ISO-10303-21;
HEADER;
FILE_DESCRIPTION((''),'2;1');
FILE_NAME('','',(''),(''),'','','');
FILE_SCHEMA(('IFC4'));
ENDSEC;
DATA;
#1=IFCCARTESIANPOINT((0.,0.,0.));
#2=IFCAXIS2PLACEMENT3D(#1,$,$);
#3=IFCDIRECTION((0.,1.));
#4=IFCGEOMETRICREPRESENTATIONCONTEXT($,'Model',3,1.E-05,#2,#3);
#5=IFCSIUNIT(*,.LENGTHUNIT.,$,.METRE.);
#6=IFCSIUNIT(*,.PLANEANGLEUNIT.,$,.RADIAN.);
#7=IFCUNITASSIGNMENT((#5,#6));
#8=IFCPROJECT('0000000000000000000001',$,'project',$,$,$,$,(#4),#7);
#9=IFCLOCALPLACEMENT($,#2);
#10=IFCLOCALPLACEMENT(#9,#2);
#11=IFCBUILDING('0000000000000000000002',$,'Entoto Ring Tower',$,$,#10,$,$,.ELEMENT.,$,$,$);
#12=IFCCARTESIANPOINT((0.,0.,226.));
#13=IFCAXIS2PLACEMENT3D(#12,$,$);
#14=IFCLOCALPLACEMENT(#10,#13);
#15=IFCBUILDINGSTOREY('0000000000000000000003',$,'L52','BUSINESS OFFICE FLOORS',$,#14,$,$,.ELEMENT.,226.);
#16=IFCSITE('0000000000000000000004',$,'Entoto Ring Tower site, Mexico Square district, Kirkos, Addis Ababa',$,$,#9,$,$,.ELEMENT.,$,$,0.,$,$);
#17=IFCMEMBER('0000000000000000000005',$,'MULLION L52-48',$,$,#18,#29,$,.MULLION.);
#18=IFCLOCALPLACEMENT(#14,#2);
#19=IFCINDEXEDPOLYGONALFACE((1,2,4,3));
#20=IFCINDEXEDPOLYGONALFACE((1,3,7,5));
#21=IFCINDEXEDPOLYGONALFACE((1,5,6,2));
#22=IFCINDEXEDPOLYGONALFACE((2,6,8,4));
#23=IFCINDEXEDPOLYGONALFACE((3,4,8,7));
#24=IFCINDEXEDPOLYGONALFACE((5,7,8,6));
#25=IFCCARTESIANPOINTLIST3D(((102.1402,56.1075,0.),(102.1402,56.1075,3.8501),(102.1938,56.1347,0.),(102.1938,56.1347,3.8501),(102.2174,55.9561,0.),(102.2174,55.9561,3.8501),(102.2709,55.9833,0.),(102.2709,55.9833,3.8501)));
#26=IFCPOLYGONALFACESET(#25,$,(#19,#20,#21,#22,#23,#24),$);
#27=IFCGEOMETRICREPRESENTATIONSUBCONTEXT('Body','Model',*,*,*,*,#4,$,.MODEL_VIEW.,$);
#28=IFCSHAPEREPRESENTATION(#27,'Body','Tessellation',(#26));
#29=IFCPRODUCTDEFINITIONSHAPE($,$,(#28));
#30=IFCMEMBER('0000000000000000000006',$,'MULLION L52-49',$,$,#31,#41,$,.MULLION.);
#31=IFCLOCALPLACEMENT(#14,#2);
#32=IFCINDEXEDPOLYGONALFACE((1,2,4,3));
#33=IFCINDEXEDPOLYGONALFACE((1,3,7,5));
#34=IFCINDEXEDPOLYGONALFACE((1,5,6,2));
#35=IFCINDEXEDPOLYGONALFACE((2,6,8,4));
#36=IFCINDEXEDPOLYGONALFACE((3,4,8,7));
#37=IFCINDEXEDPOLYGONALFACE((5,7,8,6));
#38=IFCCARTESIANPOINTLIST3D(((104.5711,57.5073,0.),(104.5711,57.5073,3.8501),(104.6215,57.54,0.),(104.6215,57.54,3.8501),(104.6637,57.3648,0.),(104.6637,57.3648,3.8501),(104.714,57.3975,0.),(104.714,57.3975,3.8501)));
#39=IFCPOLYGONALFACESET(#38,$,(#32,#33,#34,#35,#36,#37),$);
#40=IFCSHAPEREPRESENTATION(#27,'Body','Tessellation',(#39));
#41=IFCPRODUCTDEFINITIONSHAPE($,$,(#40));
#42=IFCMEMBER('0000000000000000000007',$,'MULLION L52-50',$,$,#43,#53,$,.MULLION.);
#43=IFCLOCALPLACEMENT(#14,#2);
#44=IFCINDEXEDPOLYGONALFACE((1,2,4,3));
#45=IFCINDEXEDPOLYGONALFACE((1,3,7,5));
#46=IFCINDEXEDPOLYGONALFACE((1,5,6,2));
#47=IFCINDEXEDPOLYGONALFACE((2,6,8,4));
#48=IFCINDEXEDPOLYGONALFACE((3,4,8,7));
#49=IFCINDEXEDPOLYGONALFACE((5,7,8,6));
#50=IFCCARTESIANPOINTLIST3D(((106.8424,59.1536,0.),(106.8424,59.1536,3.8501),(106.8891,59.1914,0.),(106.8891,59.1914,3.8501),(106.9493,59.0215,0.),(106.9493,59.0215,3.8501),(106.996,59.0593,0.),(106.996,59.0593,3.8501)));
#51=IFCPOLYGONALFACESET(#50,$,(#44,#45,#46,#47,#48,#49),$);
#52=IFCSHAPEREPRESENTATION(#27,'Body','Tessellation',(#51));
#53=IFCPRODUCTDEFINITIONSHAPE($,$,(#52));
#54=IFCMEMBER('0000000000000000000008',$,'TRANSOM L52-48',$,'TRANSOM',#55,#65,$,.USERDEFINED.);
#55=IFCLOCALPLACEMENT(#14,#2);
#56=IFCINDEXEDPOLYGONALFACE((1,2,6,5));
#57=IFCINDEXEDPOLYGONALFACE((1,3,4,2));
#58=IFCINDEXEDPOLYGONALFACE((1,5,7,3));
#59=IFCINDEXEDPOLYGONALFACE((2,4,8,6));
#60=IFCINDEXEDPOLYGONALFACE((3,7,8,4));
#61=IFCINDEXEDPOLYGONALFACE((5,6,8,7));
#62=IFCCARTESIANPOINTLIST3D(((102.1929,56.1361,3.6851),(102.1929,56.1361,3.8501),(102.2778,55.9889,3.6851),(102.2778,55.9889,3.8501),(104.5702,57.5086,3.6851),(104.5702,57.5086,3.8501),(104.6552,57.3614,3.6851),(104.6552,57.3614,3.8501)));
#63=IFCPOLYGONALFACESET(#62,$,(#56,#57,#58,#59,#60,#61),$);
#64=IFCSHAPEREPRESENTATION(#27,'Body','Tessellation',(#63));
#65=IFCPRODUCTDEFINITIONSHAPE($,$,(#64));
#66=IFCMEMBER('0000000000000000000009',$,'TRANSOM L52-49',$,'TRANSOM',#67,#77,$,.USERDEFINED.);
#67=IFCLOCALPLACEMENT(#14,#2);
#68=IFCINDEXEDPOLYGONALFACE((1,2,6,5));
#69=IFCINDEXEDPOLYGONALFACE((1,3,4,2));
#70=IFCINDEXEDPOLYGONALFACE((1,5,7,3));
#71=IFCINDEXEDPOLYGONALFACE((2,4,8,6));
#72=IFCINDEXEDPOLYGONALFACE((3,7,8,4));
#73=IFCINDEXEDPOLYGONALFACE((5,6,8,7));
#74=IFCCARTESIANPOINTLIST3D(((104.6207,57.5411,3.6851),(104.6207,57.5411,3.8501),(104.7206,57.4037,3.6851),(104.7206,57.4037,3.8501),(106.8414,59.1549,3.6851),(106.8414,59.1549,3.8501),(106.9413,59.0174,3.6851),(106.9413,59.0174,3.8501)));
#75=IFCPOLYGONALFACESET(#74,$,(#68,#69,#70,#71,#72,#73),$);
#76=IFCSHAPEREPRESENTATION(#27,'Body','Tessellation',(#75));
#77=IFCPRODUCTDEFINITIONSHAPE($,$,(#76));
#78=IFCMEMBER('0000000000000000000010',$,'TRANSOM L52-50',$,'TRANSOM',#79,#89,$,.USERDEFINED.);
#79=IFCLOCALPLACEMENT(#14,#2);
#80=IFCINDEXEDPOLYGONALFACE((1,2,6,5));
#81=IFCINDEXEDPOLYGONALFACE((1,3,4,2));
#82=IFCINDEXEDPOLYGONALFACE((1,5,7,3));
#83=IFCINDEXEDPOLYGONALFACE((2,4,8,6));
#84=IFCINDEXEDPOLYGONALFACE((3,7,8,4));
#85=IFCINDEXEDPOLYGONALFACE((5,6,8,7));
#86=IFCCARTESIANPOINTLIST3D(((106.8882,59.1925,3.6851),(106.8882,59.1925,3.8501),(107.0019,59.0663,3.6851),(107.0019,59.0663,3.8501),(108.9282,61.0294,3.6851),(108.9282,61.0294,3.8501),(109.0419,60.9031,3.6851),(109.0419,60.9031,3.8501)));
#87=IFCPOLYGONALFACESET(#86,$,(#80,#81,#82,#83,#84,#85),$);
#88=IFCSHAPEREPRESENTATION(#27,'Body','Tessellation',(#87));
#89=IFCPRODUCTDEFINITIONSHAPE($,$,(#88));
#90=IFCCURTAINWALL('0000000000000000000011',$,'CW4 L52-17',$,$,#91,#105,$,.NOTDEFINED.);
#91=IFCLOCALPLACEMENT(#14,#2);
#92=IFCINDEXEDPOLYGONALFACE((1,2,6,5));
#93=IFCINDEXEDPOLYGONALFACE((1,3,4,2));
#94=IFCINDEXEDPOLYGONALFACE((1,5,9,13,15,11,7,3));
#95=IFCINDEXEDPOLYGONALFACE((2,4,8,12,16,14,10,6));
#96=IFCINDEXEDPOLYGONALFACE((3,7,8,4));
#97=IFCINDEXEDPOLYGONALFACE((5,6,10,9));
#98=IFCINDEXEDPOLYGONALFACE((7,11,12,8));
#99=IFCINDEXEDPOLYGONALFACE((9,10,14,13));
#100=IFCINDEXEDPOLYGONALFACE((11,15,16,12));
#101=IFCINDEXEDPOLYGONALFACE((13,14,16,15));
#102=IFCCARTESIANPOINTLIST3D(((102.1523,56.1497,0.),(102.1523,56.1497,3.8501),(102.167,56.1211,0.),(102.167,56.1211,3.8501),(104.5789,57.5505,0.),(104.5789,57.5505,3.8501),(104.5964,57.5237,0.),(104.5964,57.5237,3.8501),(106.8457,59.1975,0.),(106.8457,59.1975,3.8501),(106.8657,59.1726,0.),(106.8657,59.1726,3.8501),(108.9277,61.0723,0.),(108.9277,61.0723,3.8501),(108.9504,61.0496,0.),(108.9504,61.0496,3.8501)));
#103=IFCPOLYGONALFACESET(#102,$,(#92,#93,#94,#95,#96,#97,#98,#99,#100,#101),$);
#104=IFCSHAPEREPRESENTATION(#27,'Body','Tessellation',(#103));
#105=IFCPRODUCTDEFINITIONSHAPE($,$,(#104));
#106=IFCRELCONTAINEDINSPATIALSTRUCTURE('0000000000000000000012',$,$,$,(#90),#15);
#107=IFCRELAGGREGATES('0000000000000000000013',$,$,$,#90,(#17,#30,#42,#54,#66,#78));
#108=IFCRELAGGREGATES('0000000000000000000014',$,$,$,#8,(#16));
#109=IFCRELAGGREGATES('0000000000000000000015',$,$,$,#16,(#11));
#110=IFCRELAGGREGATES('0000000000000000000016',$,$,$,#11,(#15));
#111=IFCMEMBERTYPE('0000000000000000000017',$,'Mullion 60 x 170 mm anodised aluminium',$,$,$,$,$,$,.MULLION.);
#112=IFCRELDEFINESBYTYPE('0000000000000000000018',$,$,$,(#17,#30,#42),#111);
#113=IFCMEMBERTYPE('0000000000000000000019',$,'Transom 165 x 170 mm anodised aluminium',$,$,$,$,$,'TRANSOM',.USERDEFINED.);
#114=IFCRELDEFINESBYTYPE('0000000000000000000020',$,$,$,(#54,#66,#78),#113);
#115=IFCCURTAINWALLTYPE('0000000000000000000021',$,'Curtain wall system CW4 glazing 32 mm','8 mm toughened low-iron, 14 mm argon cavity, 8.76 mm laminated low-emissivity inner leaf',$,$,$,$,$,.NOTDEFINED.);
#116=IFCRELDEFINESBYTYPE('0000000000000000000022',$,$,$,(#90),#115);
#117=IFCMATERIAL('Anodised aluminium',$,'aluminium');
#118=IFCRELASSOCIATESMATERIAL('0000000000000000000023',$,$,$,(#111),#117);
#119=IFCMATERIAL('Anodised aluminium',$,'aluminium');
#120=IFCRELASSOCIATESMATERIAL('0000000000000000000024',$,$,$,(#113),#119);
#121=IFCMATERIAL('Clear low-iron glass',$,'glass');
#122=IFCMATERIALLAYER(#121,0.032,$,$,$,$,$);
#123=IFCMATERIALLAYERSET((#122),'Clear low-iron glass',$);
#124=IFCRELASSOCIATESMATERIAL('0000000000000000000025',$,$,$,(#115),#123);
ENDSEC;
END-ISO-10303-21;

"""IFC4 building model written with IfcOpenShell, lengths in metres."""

from ifc_helpers import new_model, si_unit, direction, frame, origin, origin_2d, place, context, subcontext, project, spatial, polyline, rectangle, outline, extrude, material, layer, layer_set, material_profile, profile_set, type_object, element, aggregate, save


model = new_model("IFC4")

# Units and contexts
model_context = context("Model", 3, precision=1e-05, world=origin(), true_north=direction((0.0, 1.0)))
body_context = subcontext(model_context, "Body", "Model", "MODEL_VIEW")
ifc_project = project(units=[si_unit("LENGTHUNIT", "METRE"), si_unit("PLANEANGLEUNIT", "RADIAN")], contexts=[model_context])

# Members
ifc_material_1 = material(Name="Anodised aluminium", Category="aluminium")
ifc_material_profile_1 = material_profile(ifc_material_1, rectangle(XDim=0.0601, YDim=0.1699, at=origin_2d()), Name="Mullion 60 x 170 mm anodised aluminium")
ifc_profile_set_1 = profile_set([ifc_material_profile_1], Name="Anodised aluminium")
member_type_1 = type_object("IfcMemberType", Name="Mullion 60 x 170 mm anodised aluminium", PredefinedType="MULLION", material=ifc_profile_set_1)
site_placement = place(None, origin())
building_placement = place(site_placement, origin())
storey_placement = place(building_placement, frame((0.0, 0.0, 226.0)))
member_1_placement = place(storey_placement, frame((102.2056, 56.0454, 0.0), z_axis=(0.0, 0.0, 1.0), x_axis=(0.891007, 0.45399, 0.0)))
member_1 = element("IfcMember", 1, at=member_1_placement, type_object=member_type_1, Name="MULLION L52-48", PredefinedType="MULLION", context=body_context, shape_type="SweptSolid", body=[
    extrude(rectangle(XDim=0.0601, YDim=0.1699, at=origin_2d()), origin(), (0.0, 0.0, 1.0), 3.8501),
])
member_2_placement = place(storey_placement, frame((104.6426, 57.4524, 0.0), z_axis=(0.0, 0.0, 1.0), x_axis=(0.838671, 0.544639, 0.0)))
member_2 = element("IfcMember", 2, at=member_2_placement, type_object=member_type_1, Name="MULLION L52-49", PredefinedType="MULLION", context=body_context, shape_type="SweptSolid", body=[
    extrude(rectangle(XDim=0.0601, YDim=0.1699, at=origin_2d()), origin(), (0.0, 0.0, 1.0), 3.8501),
])
member_3_placement = place(storey_placement, frame((106.9192, 59.1064, 0.0), z_axis=(0.0, 0.0, 1.0), x_axis=(0.777146, 0.62932, 0.0)))
member_3 = element("IfcMember", 3, at=member_3_placement, type_object=member_type_1, Name="MULLION L52-50", PredefinedType="MULLION", context=body_context, shape_type="SweptSolid", body=[
    extrude(rectangle(XDim=0.0601, YDim=0.1699, at=origin_2d()), origin(), (0.0, 0.0, 1.0), 3.8501),
])
ifc_material_2 = material(Name="Anodised aluminium", Category="aluminium")
ifc_material_profile_2 = material_profile(ifc_material_2, rectangle(XDim=0.1699, YDim=0.165, at=origin_2d()), Name="Transom 165 x 170 mm anodised aluminium")
ifc_profile_set_2 = profile_set([ifc_material_profile_2], Name="Anodised aluminium")
member_type_2 = type_object("IfcMemberType", Name="Transom 165 x 170 mm anodised aluminium", ElementType="TRANSOM", PredefinedType="USERDEFINED", material=ifc_profile_set_2)
member_4_placement = place(storey_placement, frame((102.2354, 56.0625, 3.7676), z_axis=(0.866035, 0.499984, 0.0), x_axis=(-0.499984, 0.866035, 0.0)))
member_4 = element("IfcMember", 4, at=member_4_placement, type_object=member_type_2, Name="TRANSOM L52-48", ObjectType="TRANSOM", PredefinedType="USERDEFINED", context=body_context, shape_type="SweptSolid", body=[
    extrude(rectangle(XDim=0.1699, YDim=0.165, at=origin_2d()), origin(), (0.0, 0.0, 1.0), 2.7451),
])
member_5_placement = place(storey_placement, frame((104.6707, 57.4724, 3.7676), z_axis=(0.808959, 0.587865, 0.0), x_axis=(-0.587865, 0.808959, 0.0)))
member_5 = element("IfcMember", 5, at=member_5_placement, type_object=member_type_2, Name="TRANSOM L52-49", ObjectType="TRANSOM", PredefinedType="USERDEFINED", context=body_context, shape_type="SweptSolid", body=[
    extrude(rectangle(XDim=0.1699, YDim=0.165, at=origin_2d()), origin(), (0.0, 0.0, 1.0), 2.7451),
])
member_6_placement = place(storey_placement, frame((106.9451, 59.1294, 3.7676), z_axis=(0.743135, 0.669142, 0.0), x_axis=(-0.669142, 0.743135, 0.0)))
member_6 = element("IfcMember", 6, at=member_6_placement, type_object=member_type_2, Name="TRANSOM L52-50", ObjectType="TRANSOM", PredefinedType="USERDEFINED", context=body_context, shape_type="SweptSolid", body=[
    extrude(rectangle(XDim=0.1699, YDim=0.165, at=origin_2d()), origin(), (0.0, 0.0, 1.0), 2.7451),
])

# Site, building, storey
site = spatial("IfcSite", under=ifc_project, at=site_placement, Name="Entoto Ring Tower site, Mexico Square district, Kirkos, Addis Ababa", CompositionType="ELEMENT", RefElevation=0.0)
building = spatial("IfcBuilding", under=site, at=building_placement, Name="Entoto Ring Tower", CompositionType="ELEMENT")
storey = spatial("IfcBuildingStorey", under=building, at=storey_placement, Name="L52", Description="BUSINESS OFFICE FLOORS", CompositionType="ELEMENT", Elevation=226.0)

# Curtain wall
ifc_material_3 = material(Name="Clear low-iron glass", Category="glass")
ifc_layer_1 = layer(ifc_material_3, 0.032)
ifc_layer_set_1 = layer_set([ifc_layer_1], Name="Clear low-iron glass")
curtain_wall_type = type_object("IfcCurtainWallType", Name="Curtain wall system CW4 glazing 32 mm", Description="8 mm toughened low-iron, 14 mm argon cavity, 8.76 mm laminated low-emissivity inner leaf", PredefinedType="NOTDEFINED", material=ifc_layer_set_1)
curtain_wall_1_placement = place(storey_placement, origin())
curtain_wall_1 = element("IfcCurtainWall", 7, at=curtain_wall_1_placement, inside=storey, type_object=curtain_wall_type, Name="CW4 L52-17", PredefinedType="NOTDEFINED", context=body_context, shape_type="SweptSolid", body=[
    extrude(outline(polyline([(102.167, 56.1211), (104.5964, 57.5237), (106.8657, 59.1726), (108.9504, 61.0496), (108.9277, 61.0723), (106.8457, 59.1975), (104.5789, 57.5505), (102.1523, 56.1497), (102.167, 56.1211)])), origin(), (0.0, 0.0, 1.0), 3.8501),
])
aggregate(curtain_wall_1, [member_1, member_2, member_3, member_4, member_5, member_6])

save(model, "model.ifc")
